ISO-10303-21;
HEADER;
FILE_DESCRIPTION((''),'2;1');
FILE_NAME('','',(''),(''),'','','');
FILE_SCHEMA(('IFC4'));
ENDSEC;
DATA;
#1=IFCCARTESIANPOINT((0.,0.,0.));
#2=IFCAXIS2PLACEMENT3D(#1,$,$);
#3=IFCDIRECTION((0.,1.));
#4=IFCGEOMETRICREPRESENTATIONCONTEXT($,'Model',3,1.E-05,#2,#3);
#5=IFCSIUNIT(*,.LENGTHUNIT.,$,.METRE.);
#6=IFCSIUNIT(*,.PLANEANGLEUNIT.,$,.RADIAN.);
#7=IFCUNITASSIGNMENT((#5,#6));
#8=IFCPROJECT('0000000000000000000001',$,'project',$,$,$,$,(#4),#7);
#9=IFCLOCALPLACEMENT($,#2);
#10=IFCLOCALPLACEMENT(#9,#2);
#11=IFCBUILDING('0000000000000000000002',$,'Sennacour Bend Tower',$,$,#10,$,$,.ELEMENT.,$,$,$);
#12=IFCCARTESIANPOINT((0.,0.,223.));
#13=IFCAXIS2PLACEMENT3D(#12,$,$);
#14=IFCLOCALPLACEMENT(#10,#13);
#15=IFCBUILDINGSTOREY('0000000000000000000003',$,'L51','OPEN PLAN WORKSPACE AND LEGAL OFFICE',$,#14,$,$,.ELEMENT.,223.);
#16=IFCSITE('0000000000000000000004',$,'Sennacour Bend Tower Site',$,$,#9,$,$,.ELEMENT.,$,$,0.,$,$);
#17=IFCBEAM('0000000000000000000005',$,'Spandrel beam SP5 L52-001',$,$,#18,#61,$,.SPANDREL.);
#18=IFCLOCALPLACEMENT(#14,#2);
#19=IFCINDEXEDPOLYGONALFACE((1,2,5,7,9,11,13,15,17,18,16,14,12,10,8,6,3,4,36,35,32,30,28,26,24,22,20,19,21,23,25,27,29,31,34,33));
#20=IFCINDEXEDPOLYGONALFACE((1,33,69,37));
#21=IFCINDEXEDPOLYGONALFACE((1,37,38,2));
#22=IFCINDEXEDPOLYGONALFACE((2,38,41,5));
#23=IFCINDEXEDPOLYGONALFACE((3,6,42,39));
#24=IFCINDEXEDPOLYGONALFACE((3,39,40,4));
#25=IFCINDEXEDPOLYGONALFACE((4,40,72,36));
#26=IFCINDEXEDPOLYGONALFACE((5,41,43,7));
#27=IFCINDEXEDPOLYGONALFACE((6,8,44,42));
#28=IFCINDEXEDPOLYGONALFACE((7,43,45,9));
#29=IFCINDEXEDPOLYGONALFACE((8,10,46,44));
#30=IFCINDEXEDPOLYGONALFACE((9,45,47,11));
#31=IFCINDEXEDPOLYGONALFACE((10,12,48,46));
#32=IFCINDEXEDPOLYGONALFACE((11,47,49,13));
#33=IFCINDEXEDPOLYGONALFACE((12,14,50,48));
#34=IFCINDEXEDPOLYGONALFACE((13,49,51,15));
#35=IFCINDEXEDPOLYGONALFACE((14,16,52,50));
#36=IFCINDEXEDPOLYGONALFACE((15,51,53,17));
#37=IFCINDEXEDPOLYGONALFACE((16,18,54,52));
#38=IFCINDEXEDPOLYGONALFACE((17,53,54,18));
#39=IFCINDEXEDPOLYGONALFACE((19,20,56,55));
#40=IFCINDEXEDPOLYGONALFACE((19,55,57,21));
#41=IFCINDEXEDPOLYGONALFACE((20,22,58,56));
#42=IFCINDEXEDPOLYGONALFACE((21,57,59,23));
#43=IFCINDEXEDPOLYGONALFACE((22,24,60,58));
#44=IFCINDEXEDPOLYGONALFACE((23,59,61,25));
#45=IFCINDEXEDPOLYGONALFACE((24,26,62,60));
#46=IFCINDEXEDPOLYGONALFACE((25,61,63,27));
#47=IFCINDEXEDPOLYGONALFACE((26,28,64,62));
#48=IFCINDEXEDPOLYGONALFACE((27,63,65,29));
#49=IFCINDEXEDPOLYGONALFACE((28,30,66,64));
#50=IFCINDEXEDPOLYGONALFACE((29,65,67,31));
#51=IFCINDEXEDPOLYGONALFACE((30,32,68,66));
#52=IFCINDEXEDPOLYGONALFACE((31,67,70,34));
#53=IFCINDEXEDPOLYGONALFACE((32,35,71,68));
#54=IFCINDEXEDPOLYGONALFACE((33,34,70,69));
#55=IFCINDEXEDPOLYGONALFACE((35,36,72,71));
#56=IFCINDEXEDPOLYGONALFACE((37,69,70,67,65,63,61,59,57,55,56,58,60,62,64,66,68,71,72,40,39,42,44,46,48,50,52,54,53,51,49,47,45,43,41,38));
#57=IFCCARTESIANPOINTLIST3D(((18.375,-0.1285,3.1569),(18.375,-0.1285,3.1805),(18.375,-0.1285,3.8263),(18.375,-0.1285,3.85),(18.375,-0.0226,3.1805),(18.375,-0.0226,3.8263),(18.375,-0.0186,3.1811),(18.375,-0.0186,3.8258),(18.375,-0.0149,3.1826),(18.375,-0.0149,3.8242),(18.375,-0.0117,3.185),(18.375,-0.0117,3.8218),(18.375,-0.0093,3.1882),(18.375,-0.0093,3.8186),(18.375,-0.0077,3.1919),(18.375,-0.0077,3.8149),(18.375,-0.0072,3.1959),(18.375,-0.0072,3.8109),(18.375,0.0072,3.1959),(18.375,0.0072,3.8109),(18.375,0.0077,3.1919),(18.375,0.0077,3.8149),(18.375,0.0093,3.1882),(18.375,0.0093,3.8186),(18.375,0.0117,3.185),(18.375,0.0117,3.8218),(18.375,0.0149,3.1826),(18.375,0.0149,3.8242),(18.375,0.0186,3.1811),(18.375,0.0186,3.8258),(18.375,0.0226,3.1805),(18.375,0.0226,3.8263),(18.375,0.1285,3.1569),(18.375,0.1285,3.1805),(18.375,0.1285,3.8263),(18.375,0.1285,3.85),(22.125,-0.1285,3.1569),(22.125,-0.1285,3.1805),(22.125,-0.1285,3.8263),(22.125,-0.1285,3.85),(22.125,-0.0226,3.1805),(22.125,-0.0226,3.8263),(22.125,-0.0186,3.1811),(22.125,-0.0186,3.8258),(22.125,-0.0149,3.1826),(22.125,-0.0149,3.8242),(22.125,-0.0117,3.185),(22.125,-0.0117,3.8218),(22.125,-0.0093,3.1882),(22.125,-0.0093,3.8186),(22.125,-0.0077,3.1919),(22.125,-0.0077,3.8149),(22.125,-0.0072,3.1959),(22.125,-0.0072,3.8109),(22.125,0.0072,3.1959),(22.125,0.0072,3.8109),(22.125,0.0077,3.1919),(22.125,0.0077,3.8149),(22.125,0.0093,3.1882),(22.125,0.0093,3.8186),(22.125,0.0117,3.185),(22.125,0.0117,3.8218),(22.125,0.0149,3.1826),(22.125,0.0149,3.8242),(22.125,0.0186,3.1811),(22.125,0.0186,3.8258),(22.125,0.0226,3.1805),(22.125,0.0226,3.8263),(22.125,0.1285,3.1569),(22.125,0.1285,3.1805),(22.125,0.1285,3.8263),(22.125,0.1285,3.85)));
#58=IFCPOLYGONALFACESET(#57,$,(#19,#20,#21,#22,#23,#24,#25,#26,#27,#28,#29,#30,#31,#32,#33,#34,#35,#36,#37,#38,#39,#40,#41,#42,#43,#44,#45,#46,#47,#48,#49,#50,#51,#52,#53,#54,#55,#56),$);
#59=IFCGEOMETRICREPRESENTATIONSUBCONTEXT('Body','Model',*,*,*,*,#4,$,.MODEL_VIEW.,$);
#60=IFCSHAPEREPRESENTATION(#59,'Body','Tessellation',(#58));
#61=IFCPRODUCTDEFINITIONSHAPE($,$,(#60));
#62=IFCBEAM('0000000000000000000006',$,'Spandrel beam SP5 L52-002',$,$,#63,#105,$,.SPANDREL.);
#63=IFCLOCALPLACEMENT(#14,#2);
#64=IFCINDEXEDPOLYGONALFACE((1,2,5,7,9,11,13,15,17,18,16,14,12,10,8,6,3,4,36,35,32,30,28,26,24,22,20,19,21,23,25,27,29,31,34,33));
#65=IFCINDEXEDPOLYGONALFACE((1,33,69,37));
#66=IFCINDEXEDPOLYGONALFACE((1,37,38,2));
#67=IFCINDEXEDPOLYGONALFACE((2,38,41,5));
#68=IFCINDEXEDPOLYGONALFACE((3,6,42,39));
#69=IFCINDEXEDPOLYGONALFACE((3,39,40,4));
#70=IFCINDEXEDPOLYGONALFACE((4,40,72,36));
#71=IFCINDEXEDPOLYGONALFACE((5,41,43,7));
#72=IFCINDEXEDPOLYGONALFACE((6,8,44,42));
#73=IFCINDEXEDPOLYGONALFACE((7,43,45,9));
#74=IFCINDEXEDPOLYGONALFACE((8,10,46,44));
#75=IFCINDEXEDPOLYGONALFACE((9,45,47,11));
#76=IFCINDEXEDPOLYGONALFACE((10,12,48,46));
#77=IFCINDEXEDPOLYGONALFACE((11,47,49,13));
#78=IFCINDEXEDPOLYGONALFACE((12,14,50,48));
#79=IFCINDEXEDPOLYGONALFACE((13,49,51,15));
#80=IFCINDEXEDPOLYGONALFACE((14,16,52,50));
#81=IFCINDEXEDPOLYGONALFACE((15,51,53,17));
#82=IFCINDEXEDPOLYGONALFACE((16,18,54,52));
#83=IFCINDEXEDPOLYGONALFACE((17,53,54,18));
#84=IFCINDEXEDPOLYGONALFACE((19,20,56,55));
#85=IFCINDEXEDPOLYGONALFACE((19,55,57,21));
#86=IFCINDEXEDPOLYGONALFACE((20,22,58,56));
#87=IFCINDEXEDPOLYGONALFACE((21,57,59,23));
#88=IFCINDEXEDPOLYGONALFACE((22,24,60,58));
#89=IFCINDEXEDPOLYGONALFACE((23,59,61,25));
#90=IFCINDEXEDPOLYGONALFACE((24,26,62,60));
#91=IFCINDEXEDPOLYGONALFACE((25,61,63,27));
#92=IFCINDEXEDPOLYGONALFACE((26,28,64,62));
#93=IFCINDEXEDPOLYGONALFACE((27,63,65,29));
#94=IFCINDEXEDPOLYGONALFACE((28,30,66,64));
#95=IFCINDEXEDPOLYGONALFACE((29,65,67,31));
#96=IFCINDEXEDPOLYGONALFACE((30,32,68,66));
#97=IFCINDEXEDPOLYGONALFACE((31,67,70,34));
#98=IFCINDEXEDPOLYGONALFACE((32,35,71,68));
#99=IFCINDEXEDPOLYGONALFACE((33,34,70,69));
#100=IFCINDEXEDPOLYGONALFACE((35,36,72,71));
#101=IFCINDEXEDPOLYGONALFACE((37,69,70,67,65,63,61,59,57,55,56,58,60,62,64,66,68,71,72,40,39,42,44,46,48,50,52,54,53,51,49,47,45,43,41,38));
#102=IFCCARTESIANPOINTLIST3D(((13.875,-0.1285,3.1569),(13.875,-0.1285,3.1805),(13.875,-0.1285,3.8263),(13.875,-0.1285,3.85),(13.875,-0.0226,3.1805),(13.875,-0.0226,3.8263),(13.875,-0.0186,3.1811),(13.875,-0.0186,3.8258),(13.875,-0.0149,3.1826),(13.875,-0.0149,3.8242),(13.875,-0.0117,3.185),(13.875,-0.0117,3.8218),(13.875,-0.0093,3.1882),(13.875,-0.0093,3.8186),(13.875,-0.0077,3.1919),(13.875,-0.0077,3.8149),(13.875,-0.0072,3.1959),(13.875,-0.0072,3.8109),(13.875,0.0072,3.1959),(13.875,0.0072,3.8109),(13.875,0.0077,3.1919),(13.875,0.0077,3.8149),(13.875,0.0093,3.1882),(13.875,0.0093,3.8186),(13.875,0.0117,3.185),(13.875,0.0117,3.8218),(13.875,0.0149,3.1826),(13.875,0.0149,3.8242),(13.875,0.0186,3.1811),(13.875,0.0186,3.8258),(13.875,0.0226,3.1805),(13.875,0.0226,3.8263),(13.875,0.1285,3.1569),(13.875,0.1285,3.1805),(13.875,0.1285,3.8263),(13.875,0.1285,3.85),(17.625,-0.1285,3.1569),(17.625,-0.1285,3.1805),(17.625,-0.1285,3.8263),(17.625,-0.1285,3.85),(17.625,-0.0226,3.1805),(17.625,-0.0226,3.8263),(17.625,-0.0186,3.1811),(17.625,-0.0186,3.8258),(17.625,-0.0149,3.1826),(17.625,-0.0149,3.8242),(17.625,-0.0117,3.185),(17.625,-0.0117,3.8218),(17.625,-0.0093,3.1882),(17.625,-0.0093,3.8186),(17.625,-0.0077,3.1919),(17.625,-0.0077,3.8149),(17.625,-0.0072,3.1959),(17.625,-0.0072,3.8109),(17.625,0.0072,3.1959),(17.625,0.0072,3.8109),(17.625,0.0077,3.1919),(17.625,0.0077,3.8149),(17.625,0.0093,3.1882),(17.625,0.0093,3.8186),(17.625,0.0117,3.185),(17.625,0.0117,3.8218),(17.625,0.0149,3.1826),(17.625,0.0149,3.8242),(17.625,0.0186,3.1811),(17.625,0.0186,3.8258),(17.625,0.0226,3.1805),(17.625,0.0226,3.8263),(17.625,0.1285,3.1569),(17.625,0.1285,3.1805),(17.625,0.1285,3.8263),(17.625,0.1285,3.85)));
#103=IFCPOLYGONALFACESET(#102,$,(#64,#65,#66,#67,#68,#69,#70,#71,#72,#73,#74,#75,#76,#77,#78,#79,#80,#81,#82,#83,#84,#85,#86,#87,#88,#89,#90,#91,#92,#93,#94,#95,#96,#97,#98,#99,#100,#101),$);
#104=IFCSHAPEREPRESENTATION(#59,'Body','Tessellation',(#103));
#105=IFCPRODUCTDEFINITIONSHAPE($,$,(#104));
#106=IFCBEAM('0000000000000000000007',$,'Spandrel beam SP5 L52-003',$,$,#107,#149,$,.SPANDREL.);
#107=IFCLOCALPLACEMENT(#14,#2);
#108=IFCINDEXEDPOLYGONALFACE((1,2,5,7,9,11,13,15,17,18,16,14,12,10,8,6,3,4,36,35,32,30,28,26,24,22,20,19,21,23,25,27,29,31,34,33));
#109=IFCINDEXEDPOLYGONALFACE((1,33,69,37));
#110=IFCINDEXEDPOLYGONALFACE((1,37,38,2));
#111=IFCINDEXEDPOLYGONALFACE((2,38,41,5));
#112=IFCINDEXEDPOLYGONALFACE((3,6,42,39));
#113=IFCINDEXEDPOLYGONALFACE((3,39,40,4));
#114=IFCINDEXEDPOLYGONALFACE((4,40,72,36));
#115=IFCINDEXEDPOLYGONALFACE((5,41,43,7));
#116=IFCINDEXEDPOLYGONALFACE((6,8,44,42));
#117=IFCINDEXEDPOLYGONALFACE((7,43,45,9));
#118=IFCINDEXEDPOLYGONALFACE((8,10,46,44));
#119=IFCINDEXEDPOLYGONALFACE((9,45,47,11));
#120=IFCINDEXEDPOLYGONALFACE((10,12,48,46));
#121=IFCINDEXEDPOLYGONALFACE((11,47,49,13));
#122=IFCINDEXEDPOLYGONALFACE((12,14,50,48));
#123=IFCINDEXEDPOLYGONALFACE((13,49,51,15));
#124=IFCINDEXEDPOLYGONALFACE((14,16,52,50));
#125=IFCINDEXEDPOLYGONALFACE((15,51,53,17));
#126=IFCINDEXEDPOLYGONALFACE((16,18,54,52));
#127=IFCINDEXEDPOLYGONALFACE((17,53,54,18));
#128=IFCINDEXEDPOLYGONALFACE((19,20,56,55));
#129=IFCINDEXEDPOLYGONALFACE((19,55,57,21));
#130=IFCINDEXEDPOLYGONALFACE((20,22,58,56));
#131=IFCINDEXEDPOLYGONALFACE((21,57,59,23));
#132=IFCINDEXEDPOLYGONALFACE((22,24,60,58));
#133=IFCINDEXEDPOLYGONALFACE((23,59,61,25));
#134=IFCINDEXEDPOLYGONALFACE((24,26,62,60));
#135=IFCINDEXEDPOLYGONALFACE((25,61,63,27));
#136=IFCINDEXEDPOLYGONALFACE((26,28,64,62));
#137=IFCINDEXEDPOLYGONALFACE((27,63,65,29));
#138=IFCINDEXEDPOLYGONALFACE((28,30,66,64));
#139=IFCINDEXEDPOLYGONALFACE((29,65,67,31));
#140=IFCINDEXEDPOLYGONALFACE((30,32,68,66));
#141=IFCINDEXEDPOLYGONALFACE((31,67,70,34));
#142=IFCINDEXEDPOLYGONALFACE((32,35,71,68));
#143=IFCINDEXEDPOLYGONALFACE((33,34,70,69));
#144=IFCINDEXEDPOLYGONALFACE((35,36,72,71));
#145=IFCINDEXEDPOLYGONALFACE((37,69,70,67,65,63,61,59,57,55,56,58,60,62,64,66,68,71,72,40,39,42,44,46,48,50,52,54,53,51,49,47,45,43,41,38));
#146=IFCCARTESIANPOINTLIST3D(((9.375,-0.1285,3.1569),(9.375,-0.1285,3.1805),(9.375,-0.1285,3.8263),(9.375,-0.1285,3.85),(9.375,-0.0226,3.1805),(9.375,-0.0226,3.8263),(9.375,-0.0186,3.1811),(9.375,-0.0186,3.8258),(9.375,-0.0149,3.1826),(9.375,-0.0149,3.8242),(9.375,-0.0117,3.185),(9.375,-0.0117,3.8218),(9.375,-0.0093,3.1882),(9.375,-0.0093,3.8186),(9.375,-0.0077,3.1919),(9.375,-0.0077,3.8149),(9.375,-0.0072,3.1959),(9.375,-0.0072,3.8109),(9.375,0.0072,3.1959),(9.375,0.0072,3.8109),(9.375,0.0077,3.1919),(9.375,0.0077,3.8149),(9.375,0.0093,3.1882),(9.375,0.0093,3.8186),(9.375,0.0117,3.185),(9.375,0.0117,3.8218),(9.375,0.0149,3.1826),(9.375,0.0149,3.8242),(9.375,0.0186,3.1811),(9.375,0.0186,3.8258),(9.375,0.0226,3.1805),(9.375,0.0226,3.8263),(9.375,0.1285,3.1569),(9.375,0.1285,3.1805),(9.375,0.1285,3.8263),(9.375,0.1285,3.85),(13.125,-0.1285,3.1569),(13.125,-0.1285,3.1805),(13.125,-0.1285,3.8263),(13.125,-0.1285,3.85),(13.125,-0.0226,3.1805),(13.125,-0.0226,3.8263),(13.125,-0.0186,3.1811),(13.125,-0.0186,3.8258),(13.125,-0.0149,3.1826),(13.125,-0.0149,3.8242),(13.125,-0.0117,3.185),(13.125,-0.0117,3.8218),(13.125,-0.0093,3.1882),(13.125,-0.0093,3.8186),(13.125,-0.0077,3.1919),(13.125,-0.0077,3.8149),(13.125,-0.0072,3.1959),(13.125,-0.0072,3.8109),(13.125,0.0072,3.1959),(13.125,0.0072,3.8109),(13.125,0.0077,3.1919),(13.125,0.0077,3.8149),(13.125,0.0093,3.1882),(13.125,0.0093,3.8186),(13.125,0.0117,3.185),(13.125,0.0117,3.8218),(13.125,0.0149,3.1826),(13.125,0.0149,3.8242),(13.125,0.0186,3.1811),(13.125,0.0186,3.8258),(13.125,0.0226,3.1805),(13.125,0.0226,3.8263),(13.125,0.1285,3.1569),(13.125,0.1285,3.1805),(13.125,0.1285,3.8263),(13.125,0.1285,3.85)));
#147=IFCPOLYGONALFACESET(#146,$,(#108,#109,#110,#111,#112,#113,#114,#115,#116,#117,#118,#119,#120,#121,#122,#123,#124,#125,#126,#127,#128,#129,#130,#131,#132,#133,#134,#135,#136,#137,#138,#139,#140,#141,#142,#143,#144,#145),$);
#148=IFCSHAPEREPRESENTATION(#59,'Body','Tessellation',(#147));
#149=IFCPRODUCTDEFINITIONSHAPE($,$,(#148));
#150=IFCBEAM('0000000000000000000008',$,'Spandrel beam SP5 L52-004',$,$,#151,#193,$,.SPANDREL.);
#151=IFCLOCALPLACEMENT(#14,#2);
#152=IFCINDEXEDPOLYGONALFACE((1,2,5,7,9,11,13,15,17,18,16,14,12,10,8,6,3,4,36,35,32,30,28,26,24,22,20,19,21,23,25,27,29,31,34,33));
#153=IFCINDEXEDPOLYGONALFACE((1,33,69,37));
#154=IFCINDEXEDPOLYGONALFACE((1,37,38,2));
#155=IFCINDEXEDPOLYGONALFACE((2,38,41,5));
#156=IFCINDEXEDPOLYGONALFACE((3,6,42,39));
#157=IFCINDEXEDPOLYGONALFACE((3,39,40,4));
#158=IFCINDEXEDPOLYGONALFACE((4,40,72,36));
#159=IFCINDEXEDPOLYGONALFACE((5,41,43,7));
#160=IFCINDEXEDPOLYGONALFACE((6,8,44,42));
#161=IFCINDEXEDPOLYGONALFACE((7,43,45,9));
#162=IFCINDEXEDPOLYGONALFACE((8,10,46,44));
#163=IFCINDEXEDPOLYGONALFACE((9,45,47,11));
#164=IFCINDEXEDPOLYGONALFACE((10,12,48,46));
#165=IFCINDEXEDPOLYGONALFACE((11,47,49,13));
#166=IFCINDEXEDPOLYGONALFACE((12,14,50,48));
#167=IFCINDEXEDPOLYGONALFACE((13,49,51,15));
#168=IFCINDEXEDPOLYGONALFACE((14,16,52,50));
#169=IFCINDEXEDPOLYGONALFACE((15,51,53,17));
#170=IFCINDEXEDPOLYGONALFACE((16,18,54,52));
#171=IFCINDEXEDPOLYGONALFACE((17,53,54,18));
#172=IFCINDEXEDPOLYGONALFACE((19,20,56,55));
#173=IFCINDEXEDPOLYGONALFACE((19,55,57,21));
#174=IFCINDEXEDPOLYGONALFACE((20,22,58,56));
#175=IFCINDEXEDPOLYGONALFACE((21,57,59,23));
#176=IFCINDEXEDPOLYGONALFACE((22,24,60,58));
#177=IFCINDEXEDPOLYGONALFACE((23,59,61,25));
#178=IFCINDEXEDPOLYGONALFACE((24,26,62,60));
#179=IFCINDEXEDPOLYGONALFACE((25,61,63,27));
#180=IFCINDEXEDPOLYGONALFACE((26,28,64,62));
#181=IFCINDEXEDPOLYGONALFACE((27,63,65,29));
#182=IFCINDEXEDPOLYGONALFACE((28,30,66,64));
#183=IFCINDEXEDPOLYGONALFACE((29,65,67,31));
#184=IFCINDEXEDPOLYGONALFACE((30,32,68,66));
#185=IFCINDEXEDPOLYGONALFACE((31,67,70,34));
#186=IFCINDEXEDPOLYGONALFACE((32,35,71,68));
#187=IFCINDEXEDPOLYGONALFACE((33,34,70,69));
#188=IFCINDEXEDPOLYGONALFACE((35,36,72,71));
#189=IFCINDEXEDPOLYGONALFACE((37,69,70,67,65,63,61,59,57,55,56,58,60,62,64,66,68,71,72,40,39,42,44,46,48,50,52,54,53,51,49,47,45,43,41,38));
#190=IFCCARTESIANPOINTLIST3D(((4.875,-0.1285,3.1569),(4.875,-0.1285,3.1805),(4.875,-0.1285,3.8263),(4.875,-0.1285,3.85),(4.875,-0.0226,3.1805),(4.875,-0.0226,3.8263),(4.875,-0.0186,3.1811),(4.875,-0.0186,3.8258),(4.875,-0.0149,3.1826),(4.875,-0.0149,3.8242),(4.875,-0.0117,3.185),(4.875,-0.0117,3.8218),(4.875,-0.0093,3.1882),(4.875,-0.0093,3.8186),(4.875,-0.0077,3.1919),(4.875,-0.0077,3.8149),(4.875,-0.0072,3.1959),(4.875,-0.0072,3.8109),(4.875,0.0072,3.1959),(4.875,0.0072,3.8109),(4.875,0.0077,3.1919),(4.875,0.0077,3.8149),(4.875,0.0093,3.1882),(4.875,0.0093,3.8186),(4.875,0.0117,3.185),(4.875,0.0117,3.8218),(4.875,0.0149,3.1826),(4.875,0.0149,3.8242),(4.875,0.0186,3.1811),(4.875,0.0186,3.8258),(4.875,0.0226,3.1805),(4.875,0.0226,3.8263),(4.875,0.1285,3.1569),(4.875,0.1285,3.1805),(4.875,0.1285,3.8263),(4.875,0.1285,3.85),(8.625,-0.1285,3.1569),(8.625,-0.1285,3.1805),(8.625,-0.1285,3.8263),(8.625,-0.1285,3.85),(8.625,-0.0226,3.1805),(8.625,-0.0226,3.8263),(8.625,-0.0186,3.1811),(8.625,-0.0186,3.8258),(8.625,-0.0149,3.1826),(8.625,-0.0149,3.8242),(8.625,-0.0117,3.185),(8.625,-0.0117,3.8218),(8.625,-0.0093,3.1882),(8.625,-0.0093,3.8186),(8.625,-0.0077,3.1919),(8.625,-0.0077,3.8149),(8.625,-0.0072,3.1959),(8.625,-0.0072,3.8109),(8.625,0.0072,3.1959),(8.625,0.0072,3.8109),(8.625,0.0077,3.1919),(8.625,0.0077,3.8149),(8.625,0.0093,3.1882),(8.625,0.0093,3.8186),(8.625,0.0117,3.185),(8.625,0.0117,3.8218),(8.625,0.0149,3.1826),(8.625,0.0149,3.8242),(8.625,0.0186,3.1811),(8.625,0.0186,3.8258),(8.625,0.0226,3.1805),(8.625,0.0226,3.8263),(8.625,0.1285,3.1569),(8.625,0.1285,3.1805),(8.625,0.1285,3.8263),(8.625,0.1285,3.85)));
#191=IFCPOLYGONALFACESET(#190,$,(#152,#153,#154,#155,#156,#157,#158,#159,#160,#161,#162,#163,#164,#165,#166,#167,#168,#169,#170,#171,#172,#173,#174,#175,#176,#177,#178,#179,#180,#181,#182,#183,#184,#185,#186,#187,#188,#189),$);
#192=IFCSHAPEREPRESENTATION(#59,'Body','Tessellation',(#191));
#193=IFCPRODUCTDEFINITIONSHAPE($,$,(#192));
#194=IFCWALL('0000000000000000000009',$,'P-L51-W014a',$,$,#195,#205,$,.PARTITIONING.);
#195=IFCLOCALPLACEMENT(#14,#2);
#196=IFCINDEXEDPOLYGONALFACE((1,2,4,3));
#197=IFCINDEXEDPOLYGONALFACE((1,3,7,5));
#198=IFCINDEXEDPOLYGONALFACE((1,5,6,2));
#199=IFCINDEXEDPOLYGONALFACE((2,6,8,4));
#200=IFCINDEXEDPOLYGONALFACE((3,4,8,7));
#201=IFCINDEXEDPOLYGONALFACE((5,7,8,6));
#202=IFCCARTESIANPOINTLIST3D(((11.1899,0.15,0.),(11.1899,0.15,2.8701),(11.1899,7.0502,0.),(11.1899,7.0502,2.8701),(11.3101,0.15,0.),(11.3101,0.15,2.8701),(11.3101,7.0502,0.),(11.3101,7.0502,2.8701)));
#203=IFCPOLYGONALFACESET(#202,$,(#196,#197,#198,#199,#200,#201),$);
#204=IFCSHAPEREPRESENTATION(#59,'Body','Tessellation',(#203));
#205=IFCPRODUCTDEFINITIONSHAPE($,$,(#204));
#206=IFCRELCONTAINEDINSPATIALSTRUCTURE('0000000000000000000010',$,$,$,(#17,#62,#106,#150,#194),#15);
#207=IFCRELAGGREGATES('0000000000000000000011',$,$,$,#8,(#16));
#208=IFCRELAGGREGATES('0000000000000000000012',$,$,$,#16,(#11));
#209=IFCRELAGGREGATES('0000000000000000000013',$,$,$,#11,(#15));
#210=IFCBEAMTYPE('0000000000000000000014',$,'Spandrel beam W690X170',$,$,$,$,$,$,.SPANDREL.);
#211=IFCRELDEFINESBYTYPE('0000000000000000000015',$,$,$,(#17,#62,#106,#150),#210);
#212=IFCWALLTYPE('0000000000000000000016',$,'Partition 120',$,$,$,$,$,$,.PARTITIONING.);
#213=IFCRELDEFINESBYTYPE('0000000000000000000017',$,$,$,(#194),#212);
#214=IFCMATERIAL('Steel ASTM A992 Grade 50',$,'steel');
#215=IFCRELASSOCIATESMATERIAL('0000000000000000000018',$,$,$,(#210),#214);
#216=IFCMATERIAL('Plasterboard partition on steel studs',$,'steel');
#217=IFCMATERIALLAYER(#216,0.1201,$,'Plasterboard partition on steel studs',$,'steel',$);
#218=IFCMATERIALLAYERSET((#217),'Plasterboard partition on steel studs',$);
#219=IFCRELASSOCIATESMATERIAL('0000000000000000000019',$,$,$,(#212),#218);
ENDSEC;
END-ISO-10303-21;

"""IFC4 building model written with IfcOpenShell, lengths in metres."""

from ifc_helpers import new_model, si_unit, direction, frame, frame_2d, origin, origin_2d, place, context, subcontext, project, spatial, rectangle, i_section, extrude, material, layer, layer_set, material_profile, profile_set, type_object, element, save


model = new_model("IFC4")

# Units and contexts
model_context = context("Model", 3, precision=1e-05, world=origin(), true_north=direction((0.0, 1.0)))
body_context = subcontext(model_context, "Body", "Model", "MODEL_VIEW")
ifc_project = project(units=[si_unit("LENGTHUNIT", "METRE"), si_unit("PLANEANGLEUNIT", "RADIAN")], contexts=[model_context])

# Site, building, storey
site_placement = place(None, origin())
site = spatial("IfcSite", under=ifc_project, at=site_placement, Name="Sennacour Bend Tower Site", CompositionType="ELEMENT", RefElevation=0.0)
building_placement = place(site_placement, origin())
building = spatial("IfcBuilding", under=site, at=building_placement, Name="Sennacour Bend Tower", CompositionType="ELEMENT")
storey_placement = place(building_placement, frame((0.0, 0.0, 223.0)))
storey = spatial("IfcBuildingStorey", under=building, at=storey_placement, Name="L51", Description="OPEN PLAN WORKSPACE AND LEGAL OFFICE", CompositionType="ELEMENT", Elevation=223.0)

# Beams
ifc_material_1 = material(Name="Steel ASTM A992 Grade 50", Category="steel")
ifc_material_profile_1 = material_profile(ifc_material_1, i_section(OverallWidth=0.2571, OverallDepth=0.6931, WebThickness=0.0144, FlangeThickness=0.0237, FilletRadius=0.0154, at=origin_2d()), Name="Steel ASTM A992 Grade 50", Category="steel")
ifc_profile_set_1 = profile_set([ifc_material_profile_1], Name="Steel ASTM A992 Grade 50")
beam_type_1 = type_object("IfcBeamType", Name="Spandrel beam W690X170", PredefinedType="SPANDREL", material=ifc_profile_set_1)
for number, where, z_axis, x_axis, name in (
    (1, (22.125, 0.0, 3.5034), (-1.0, 0.0, 0.0), (0.0, -1.0, 0.0), "Spandrel beam SP5 L52-001"),
    (2, (17.625, 0.0, 3.5034), (-1.0, 0.0, 0.0), (0.0, -1.0, 0.0), "Spandrel beam SP5 L52-002"),
    (3, (13.125, 0.0, 3.5034), (-1.0, 0.0, 0.0), (0.0, -1.0, 0.0), "Spandrel beam SP5 L52-003"),
    (4, (8.625, 0.0, 3.5034), (-1.0, 0.0, 0.0), (0.0, -1.0, 0.0), "Spandrel beam SP5 L52-004"),
):
    element("IfcBeam", number, at=place(storey_placement, frame(where, z_axis=z_axis, x_axis=x_axis)), inside=storey, type_object=beam_type_1, Name=name, PredefinedType="SPANDREL", context=body_context, shape_type="SweptSolid", body=[
        extrude(i_section(OverallWidth=0.2571, OverallDepth=0.6931, WebThickness=0.0144, FlangeThickness=0.0237, FilletRadius=0.0154, at=origin_2d()), origin(), (0.0, 0.0, 1.0), 3.75),
    ])

# Wall
ifc_material_2 = material(Name="Plasterboard partition on steel studs", Category="steel")
ifc_layer_1 = layer(ifc_material_2, 0.1201, Name="Plasterboard partition on steel studs", Category="steel")
ifc_layer_set_1 = layer_set([ifc_layer_1], Name="Plasterboard partition on steel studs")
wall_type_1 = type_object("IfcWallType", Name="Partition 120", PredefinedType="PARTITIONING", material=ifc_layer_set_1)
for number, where, z_axis, x_axis, name in (
    (5, (11.25, 0.1499, 0.0), (0.0, 0.0, 1.0), (0.0, 1.0, 0.0), "P-L51-W014a"),
):
    element("IfcWall", number, at=place(storey_placement, frame(where, z_axis=z_axis, x_axis=x_axis)), inside=storey, type_object=wall_type_1, Name=name, PredefinedType="PARTITIONING", context=body_context, shape_type="SweptSolid", body=[
        extrude(rectangle(XDim=6.9001, YDim=0.1201, at=frame_2d((3.4502, 0.0))), origin(), (0.0, 0.0, 1.0), 2.8701),
    ])

save(model, "model.ifc")
